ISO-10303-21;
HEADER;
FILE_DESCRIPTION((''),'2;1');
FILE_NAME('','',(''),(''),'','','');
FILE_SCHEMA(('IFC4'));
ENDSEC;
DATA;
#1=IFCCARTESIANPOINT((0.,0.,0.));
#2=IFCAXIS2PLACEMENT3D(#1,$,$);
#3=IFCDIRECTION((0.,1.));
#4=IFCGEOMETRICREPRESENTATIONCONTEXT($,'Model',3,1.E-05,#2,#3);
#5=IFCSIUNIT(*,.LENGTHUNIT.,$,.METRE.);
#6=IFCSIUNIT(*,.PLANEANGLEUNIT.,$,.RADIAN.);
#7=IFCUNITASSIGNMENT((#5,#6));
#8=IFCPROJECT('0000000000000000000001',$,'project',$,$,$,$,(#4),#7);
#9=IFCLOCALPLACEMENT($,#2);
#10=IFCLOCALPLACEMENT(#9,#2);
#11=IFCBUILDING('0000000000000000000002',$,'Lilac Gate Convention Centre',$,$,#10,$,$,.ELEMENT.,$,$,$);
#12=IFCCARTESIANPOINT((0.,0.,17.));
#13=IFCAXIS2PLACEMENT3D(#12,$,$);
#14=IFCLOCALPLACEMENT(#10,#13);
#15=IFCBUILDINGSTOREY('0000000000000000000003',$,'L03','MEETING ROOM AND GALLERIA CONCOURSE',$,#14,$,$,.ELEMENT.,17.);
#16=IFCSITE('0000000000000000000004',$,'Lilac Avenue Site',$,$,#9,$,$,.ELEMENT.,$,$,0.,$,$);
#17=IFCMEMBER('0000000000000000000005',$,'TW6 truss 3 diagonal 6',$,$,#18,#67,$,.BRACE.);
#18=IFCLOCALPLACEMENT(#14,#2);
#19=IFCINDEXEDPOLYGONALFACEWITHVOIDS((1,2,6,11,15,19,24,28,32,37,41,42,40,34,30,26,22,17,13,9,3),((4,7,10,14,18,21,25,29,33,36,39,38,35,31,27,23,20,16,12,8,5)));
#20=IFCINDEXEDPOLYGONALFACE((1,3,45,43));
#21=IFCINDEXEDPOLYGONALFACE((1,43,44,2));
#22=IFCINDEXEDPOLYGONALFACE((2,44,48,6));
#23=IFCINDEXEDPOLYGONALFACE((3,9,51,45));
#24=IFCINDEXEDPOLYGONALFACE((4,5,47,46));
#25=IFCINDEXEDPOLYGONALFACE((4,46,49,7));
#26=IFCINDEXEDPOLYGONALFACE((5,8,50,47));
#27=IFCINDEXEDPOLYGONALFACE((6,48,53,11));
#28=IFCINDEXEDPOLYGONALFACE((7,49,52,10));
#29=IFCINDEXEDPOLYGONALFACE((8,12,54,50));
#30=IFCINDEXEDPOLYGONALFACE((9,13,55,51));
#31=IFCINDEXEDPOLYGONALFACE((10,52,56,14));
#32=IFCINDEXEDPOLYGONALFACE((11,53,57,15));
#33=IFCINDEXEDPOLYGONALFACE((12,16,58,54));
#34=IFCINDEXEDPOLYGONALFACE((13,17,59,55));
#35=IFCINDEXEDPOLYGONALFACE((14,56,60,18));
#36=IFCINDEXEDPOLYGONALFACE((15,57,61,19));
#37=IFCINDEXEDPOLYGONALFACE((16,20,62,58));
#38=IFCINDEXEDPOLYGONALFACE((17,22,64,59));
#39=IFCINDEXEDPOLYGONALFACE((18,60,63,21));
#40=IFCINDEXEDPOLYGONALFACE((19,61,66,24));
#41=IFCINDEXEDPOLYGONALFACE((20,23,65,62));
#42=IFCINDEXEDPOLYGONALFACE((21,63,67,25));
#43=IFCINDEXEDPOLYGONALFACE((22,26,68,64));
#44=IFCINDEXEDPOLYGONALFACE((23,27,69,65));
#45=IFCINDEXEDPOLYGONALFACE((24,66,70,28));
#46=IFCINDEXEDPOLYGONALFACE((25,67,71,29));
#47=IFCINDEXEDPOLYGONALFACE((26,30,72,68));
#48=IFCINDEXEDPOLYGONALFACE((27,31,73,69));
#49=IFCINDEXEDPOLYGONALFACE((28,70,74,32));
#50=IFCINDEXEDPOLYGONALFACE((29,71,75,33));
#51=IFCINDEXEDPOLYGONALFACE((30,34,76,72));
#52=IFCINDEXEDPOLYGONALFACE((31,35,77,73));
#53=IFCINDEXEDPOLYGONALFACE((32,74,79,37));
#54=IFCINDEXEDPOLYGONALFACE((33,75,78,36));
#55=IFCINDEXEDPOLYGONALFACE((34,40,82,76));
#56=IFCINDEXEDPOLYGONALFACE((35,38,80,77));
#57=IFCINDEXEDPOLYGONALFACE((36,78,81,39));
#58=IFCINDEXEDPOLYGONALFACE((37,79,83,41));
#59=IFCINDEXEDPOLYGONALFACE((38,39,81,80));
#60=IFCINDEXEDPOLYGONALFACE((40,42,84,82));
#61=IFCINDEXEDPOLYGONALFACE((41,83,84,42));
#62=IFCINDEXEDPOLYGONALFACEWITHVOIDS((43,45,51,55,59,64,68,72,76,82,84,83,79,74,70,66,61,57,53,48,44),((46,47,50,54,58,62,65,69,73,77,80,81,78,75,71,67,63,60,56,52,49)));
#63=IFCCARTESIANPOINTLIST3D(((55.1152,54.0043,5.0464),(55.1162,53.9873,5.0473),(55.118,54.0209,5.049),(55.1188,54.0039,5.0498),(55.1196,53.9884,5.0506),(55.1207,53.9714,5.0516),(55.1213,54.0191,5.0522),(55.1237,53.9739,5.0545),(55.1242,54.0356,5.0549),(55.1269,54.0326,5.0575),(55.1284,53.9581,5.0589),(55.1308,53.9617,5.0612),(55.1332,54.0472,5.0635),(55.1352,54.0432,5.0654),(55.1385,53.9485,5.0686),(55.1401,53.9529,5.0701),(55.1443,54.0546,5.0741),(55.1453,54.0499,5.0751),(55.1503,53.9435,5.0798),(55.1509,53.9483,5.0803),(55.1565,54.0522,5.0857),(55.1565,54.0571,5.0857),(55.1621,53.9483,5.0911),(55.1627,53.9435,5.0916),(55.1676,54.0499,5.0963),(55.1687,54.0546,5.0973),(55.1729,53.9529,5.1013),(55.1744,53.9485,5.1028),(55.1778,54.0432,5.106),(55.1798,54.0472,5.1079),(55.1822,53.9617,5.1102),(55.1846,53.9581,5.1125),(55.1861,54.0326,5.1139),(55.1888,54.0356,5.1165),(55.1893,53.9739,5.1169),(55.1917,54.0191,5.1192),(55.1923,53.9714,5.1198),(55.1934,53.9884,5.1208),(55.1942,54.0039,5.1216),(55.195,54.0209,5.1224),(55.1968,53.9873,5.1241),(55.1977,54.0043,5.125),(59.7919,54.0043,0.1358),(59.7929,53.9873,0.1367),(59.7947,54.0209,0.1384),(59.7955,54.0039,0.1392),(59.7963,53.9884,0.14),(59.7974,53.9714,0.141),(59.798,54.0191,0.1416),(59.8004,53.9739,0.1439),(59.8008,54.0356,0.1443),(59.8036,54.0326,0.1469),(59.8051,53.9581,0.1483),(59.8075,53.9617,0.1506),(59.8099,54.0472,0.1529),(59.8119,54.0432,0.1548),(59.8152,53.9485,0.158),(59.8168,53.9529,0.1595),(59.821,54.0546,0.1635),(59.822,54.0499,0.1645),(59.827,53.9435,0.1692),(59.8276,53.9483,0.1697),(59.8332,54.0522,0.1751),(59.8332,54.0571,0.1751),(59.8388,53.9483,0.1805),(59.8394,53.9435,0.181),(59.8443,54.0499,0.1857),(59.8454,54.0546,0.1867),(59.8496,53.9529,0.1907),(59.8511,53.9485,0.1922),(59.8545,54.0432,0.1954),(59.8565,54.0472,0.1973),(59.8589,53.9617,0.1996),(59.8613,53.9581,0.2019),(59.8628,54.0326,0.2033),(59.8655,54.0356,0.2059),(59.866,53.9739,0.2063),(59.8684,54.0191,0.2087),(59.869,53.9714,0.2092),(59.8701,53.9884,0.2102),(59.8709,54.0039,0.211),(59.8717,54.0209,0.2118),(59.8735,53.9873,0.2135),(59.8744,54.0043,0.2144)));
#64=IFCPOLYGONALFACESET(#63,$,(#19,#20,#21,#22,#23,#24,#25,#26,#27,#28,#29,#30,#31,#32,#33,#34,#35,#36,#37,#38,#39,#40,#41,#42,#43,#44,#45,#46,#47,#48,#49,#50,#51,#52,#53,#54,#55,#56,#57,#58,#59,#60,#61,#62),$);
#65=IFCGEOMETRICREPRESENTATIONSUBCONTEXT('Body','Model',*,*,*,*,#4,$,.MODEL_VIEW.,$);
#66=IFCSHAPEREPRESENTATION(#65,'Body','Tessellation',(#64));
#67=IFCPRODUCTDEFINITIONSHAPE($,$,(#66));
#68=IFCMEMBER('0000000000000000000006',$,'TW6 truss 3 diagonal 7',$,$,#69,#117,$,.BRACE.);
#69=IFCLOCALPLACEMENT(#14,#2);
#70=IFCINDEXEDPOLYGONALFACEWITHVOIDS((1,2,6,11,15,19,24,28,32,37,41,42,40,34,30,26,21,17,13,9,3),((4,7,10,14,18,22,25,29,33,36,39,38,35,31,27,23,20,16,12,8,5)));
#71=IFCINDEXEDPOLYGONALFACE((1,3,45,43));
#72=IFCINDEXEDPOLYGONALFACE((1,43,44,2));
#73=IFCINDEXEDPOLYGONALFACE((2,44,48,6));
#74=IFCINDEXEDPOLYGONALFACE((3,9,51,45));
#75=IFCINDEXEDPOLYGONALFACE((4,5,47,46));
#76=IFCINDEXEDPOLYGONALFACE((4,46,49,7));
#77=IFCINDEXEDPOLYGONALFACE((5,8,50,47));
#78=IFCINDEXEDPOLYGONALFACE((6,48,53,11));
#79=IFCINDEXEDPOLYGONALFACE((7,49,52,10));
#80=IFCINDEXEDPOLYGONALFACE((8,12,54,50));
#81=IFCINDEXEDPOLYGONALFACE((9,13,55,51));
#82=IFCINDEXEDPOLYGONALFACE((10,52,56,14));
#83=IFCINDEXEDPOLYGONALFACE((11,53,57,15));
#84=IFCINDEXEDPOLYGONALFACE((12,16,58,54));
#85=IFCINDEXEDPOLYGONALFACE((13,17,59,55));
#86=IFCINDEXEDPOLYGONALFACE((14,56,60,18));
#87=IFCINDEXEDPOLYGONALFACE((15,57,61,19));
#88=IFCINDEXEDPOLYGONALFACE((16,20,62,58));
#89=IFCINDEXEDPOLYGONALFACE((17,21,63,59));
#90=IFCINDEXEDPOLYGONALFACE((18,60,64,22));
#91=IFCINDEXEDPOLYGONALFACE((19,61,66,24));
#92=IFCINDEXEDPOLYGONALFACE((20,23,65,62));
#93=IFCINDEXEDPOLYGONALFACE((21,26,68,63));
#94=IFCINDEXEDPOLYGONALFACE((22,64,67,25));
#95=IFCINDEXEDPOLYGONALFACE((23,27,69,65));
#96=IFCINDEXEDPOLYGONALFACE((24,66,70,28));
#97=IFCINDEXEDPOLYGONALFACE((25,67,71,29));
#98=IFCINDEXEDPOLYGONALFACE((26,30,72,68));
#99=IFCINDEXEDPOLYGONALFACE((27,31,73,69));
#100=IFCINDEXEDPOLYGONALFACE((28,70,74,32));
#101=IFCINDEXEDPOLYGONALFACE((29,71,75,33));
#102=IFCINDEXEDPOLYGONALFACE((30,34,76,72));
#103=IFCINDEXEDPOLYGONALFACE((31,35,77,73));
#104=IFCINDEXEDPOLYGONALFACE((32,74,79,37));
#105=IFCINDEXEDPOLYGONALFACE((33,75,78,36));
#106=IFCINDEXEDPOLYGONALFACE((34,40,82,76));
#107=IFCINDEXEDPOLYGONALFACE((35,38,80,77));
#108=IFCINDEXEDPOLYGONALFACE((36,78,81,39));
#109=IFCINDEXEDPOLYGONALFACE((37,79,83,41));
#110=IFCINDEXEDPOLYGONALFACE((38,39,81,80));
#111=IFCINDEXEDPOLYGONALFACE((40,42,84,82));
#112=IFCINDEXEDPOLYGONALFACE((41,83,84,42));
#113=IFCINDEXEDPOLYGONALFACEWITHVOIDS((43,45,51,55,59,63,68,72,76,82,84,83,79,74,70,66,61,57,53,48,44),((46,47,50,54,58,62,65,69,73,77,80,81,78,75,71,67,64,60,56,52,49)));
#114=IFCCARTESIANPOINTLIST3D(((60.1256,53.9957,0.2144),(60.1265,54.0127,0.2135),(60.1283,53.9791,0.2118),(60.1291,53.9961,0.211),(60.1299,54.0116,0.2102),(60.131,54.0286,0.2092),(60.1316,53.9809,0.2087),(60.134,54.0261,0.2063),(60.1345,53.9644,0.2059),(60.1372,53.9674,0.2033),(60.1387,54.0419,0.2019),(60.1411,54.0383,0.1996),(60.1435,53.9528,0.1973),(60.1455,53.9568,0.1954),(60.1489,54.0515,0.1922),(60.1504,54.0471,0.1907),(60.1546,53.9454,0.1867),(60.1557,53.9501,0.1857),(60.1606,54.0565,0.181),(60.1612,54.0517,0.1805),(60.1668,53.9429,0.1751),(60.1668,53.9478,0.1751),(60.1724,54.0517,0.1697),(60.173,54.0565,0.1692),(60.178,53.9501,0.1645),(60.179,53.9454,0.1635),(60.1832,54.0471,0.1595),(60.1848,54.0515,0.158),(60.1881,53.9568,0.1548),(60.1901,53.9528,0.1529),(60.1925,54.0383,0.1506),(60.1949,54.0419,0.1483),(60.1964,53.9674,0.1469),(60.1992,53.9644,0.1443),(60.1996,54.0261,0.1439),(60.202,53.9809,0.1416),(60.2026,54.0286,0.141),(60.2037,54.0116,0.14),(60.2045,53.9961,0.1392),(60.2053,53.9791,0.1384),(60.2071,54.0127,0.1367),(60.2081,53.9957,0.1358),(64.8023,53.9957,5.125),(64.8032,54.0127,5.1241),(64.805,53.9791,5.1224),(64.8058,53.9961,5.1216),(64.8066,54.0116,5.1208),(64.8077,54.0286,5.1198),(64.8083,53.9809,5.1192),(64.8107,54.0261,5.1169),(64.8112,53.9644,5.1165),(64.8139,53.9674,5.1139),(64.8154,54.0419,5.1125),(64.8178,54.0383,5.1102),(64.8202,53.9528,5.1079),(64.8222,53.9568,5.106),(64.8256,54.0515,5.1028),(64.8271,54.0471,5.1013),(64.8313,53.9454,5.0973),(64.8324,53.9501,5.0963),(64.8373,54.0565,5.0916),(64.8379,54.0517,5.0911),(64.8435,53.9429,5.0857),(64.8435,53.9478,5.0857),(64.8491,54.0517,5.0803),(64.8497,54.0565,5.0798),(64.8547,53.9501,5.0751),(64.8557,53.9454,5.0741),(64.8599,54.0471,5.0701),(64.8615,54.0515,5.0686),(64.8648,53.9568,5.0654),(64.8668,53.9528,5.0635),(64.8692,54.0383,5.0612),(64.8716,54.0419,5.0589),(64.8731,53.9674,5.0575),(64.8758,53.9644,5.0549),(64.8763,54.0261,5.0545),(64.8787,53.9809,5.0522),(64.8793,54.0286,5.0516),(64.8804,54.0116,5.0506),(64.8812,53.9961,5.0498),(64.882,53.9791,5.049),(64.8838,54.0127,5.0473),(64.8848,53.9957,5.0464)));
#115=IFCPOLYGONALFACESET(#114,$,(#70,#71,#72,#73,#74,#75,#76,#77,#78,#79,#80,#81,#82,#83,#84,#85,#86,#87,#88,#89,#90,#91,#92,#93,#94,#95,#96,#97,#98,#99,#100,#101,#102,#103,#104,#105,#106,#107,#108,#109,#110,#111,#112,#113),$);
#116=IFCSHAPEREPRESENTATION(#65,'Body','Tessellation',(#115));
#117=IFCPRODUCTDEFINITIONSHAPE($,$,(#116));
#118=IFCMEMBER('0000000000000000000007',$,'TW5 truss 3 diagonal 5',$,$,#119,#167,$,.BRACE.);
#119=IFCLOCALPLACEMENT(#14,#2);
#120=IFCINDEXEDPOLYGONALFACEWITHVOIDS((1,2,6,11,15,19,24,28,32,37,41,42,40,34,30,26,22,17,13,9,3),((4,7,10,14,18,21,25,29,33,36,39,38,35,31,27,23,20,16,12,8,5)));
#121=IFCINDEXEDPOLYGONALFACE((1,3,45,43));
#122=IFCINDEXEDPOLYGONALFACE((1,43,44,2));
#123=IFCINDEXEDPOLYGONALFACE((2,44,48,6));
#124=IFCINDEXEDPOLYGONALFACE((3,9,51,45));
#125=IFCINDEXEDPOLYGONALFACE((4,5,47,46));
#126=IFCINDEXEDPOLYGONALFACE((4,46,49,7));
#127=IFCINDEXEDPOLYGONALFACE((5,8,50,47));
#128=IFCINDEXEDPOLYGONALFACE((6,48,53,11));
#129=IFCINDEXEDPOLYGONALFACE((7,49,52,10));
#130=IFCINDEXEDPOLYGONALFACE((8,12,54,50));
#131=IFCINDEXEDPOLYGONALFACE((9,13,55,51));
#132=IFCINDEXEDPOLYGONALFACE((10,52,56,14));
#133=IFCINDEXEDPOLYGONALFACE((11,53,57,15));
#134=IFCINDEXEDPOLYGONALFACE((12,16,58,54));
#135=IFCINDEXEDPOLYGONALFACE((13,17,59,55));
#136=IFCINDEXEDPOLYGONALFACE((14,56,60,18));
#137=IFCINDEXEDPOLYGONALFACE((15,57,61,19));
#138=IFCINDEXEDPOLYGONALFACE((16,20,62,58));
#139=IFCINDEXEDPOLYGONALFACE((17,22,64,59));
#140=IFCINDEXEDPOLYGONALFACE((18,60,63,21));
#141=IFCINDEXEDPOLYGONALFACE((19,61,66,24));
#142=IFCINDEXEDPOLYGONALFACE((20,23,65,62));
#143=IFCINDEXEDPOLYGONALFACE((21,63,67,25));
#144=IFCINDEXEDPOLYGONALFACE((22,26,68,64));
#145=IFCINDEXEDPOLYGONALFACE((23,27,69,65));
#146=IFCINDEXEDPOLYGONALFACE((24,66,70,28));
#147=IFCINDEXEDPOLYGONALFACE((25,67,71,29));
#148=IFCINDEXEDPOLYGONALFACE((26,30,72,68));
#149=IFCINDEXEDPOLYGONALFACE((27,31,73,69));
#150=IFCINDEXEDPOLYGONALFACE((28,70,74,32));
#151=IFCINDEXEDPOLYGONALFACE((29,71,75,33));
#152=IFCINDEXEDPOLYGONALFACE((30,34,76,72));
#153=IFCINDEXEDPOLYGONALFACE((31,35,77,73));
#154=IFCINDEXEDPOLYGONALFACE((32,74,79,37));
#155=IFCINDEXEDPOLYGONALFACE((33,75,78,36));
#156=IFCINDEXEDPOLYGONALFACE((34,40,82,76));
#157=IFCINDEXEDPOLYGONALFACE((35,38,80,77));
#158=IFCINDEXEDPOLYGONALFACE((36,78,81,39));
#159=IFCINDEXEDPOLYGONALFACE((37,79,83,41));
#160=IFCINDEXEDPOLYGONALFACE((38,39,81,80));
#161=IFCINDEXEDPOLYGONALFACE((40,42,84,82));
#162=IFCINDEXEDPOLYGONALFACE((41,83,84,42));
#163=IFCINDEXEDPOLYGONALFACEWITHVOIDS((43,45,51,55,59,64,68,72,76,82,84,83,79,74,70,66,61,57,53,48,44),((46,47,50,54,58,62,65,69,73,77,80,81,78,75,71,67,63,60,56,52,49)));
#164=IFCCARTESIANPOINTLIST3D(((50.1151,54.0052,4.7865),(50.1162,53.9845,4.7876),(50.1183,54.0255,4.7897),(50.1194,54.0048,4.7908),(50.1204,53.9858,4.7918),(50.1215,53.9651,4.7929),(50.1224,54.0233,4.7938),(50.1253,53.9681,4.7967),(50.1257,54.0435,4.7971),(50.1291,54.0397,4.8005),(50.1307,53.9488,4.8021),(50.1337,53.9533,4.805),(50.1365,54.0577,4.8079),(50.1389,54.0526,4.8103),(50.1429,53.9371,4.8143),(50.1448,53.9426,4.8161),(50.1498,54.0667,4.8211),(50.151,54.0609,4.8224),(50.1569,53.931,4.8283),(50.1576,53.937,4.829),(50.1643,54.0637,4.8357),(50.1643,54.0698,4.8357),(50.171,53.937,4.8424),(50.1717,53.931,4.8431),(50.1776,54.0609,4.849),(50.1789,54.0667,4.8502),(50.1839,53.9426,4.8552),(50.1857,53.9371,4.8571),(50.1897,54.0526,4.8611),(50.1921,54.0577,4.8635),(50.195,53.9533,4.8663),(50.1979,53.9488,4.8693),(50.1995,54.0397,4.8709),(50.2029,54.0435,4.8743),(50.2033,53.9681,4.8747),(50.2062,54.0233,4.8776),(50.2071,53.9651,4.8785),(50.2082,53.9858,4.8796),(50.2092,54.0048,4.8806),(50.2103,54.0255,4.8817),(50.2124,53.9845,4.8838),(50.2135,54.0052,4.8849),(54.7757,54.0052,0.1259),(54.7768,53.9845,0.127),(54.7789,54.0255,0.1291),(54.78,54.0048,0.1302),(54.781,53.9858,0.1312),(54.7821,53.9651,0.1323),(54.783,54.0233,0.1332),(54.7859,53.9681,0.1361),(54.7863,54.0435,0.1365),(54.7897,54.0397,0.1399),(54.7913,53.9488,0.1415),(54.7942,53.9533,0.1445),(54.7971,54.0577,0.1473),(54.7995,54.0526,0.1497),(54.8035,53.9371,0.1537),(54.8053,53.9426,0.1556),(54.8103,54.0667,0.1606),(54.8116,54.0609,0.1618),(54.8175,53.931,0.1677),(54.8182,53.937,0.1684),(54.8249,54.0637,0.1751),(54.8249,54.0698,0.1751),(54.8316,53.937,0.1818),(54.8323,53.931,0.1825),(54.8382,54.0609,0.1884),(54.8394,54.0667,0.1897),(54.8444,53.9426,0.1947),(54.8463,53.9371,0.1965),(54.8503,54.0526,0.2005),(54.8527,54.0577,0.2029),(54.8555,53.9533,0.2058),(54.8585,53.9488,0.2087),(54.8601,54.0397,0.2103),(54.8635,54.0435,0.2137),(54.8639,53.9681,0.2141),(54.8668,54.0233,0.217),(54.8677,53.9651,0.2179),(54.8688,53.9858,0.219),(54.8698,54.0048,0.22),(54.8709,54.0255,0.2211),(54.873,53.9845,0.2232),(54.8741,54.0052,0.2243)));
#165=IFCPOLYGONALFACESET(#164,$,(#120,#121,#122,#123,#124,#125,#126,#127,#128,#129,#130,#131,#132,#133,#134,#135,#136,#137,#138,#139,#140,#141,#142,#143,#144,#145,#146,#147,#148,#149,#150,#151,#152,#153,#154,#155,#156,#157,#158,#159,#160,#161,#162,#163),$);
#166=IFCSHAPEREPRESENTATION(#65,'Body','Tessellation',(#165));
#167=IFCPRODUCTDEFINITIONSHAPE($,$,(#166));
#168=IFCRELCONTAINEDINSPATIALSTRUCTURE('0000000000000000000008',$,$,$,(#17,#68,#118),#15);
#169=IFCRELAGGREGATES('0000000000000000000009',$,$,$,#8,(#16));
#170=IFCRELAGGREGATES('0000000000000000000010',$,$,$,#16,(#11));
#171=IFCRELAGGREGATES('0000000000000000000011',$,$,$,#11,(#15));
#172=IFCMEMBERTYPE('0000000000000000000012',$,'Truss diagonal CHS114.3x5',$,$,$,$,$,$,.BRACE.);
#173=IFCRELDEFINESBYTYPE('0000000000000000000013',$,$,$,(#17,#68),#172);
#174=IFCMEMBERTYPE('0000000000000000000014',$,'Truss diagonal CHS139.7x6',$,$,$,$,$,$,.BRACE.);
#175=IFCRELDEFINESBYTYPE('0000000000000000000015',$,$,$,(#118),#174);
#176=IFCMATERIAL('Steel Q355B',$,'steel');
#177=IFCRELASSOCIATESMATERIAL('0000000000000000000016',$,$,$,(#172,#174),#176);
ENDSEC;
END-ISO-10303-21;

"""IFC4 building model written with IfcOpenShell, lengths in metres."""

from ifc_helpers import new_model, si_unit, direction, frame, origin, origin_2d, place, context, subcontext, project, spatial, hollow_circle, extrude, material, material_profile, profile_set, type_object, element, save


model = new_model("IFC4")

# Units and contexts
model_context = context("Model", 3, precision=1e-05, world=origin(), true_north=direction((0.0, 1.0)))
body_context = subcontext(model_context, "Body", "Model", "MODEL_VIEW")
ifc_project = project(units=[si_unit("LENGTHUNIT", "METRE"), si_unit("PLANEANGLEUNIT", "RADIAN")], contexts=[model_context])

# Site, building, storey
site_placement = place(None, origin())
site = spatial("IfcSite", under=ifc_project, at=site_placement, Name="Lilac Avenue Site", CompositionType="ELEMENT", RefElevation=0.0)
building_placement = place(site_placement, origin())
building = spatial("IfcBuilding", under=site, at=building_placement, Name="Lilac Gate Convention Centre", CompositionType="ELEMENT")
storey_placement = place(building_placement, frame((0.0, 0.0, 17.0)))
storey = spatial("IfcBuildingStorey", under=building, at=storey_placement, Name="L03", Description="MEETING ROOM AND GALLERIA CONCOURSE", CompositionType="ELEMENT", Elevation=17.0)

# Members
ifc_material = material(Name="Steel Q355B", Category="steel")
ifc_material_profile_1 = material_profile(ifc_material, hollow_circle(Radius=0.0571, WallThickness=0.0049, at=origin_2d()), Name="CHS114.3x5")
ifc_profile_set_1 = profile_set([ifc_material_profile_1], Name="Steel Q355B")
member_type_1 = type_object("IfcMemberType", Name="Truss diagonal CHS114.3x5", PredefinedType="BRACE", material=ifc_profile_set_1)
for number, where, z_axis, x_axis, name in (
    (1, (55.1565, 54.0, 5.0857), (0.689652, 0.0, -0.724141), (0.0, 1.0, 0.0), "TW6 truss 3 diagonal 6"),
    (2, (64.8435, 54.0, 5.0857), (-0.689652, 0.0, -0.724141), (0.0, -1.0, 0.0), "TW6 truss 3 diagonal 7"),
):
    element("IfcMember", number, at=place(storey_placement, frame(where, z_axis=z_axis, x_axis=x_axis)), inside=storey, type_object=member_type_1, Name=name, PredefinedType="BRACE", context=body_context, shape_type="SweptSolid", body=[
        extrude(hollow_circle(Radius=0.0571, WallThickness=0.0049, at=origin_2d()), origin(), (0.0, 0.0, 1.0), 6.7812),
    ])
ifc_material_profile_2 = material_profile(ifc_material, hollow_circle(Radius=0.0698, WallThickness=0.0061, at=origin_2d()), Name="CHS139.7x6")
ifc_profile_set_2 = profile_set([ifc_material_profile_2], Name="Steel Q355B")
member_type_2 = type_object("IfcMemberType", Name="Truss diagonal CHS139.7x6", PredefinedType="BRACE", material=ifc_profile_set_2)
for number, where, z_axis, x_axis, name in (
    (3, (50.1643, 54.0, 4.8357), (0.707107, 0.0, -0.707107), (0.0, 1.0, 0.0), "TW5 truss 3 diagonal 5"),
):
    element("IfcMember", number, at=place(storey_placement, frame(where, z_axis=z_axis, x_axis=x_axis)), inside=storey, type_object=member_type_2, Name=name, PredefinedType="BRACE", context=body_context, shape_type="SweptSolid", body=[
        extrude(hollow_circle(Radius=0.0698, WallThickness=0.0061, at=origin_2d()), origin(), (0.0, 0.0, 1.0), 6.5911),
    ])

save(model, "model.ifc")
